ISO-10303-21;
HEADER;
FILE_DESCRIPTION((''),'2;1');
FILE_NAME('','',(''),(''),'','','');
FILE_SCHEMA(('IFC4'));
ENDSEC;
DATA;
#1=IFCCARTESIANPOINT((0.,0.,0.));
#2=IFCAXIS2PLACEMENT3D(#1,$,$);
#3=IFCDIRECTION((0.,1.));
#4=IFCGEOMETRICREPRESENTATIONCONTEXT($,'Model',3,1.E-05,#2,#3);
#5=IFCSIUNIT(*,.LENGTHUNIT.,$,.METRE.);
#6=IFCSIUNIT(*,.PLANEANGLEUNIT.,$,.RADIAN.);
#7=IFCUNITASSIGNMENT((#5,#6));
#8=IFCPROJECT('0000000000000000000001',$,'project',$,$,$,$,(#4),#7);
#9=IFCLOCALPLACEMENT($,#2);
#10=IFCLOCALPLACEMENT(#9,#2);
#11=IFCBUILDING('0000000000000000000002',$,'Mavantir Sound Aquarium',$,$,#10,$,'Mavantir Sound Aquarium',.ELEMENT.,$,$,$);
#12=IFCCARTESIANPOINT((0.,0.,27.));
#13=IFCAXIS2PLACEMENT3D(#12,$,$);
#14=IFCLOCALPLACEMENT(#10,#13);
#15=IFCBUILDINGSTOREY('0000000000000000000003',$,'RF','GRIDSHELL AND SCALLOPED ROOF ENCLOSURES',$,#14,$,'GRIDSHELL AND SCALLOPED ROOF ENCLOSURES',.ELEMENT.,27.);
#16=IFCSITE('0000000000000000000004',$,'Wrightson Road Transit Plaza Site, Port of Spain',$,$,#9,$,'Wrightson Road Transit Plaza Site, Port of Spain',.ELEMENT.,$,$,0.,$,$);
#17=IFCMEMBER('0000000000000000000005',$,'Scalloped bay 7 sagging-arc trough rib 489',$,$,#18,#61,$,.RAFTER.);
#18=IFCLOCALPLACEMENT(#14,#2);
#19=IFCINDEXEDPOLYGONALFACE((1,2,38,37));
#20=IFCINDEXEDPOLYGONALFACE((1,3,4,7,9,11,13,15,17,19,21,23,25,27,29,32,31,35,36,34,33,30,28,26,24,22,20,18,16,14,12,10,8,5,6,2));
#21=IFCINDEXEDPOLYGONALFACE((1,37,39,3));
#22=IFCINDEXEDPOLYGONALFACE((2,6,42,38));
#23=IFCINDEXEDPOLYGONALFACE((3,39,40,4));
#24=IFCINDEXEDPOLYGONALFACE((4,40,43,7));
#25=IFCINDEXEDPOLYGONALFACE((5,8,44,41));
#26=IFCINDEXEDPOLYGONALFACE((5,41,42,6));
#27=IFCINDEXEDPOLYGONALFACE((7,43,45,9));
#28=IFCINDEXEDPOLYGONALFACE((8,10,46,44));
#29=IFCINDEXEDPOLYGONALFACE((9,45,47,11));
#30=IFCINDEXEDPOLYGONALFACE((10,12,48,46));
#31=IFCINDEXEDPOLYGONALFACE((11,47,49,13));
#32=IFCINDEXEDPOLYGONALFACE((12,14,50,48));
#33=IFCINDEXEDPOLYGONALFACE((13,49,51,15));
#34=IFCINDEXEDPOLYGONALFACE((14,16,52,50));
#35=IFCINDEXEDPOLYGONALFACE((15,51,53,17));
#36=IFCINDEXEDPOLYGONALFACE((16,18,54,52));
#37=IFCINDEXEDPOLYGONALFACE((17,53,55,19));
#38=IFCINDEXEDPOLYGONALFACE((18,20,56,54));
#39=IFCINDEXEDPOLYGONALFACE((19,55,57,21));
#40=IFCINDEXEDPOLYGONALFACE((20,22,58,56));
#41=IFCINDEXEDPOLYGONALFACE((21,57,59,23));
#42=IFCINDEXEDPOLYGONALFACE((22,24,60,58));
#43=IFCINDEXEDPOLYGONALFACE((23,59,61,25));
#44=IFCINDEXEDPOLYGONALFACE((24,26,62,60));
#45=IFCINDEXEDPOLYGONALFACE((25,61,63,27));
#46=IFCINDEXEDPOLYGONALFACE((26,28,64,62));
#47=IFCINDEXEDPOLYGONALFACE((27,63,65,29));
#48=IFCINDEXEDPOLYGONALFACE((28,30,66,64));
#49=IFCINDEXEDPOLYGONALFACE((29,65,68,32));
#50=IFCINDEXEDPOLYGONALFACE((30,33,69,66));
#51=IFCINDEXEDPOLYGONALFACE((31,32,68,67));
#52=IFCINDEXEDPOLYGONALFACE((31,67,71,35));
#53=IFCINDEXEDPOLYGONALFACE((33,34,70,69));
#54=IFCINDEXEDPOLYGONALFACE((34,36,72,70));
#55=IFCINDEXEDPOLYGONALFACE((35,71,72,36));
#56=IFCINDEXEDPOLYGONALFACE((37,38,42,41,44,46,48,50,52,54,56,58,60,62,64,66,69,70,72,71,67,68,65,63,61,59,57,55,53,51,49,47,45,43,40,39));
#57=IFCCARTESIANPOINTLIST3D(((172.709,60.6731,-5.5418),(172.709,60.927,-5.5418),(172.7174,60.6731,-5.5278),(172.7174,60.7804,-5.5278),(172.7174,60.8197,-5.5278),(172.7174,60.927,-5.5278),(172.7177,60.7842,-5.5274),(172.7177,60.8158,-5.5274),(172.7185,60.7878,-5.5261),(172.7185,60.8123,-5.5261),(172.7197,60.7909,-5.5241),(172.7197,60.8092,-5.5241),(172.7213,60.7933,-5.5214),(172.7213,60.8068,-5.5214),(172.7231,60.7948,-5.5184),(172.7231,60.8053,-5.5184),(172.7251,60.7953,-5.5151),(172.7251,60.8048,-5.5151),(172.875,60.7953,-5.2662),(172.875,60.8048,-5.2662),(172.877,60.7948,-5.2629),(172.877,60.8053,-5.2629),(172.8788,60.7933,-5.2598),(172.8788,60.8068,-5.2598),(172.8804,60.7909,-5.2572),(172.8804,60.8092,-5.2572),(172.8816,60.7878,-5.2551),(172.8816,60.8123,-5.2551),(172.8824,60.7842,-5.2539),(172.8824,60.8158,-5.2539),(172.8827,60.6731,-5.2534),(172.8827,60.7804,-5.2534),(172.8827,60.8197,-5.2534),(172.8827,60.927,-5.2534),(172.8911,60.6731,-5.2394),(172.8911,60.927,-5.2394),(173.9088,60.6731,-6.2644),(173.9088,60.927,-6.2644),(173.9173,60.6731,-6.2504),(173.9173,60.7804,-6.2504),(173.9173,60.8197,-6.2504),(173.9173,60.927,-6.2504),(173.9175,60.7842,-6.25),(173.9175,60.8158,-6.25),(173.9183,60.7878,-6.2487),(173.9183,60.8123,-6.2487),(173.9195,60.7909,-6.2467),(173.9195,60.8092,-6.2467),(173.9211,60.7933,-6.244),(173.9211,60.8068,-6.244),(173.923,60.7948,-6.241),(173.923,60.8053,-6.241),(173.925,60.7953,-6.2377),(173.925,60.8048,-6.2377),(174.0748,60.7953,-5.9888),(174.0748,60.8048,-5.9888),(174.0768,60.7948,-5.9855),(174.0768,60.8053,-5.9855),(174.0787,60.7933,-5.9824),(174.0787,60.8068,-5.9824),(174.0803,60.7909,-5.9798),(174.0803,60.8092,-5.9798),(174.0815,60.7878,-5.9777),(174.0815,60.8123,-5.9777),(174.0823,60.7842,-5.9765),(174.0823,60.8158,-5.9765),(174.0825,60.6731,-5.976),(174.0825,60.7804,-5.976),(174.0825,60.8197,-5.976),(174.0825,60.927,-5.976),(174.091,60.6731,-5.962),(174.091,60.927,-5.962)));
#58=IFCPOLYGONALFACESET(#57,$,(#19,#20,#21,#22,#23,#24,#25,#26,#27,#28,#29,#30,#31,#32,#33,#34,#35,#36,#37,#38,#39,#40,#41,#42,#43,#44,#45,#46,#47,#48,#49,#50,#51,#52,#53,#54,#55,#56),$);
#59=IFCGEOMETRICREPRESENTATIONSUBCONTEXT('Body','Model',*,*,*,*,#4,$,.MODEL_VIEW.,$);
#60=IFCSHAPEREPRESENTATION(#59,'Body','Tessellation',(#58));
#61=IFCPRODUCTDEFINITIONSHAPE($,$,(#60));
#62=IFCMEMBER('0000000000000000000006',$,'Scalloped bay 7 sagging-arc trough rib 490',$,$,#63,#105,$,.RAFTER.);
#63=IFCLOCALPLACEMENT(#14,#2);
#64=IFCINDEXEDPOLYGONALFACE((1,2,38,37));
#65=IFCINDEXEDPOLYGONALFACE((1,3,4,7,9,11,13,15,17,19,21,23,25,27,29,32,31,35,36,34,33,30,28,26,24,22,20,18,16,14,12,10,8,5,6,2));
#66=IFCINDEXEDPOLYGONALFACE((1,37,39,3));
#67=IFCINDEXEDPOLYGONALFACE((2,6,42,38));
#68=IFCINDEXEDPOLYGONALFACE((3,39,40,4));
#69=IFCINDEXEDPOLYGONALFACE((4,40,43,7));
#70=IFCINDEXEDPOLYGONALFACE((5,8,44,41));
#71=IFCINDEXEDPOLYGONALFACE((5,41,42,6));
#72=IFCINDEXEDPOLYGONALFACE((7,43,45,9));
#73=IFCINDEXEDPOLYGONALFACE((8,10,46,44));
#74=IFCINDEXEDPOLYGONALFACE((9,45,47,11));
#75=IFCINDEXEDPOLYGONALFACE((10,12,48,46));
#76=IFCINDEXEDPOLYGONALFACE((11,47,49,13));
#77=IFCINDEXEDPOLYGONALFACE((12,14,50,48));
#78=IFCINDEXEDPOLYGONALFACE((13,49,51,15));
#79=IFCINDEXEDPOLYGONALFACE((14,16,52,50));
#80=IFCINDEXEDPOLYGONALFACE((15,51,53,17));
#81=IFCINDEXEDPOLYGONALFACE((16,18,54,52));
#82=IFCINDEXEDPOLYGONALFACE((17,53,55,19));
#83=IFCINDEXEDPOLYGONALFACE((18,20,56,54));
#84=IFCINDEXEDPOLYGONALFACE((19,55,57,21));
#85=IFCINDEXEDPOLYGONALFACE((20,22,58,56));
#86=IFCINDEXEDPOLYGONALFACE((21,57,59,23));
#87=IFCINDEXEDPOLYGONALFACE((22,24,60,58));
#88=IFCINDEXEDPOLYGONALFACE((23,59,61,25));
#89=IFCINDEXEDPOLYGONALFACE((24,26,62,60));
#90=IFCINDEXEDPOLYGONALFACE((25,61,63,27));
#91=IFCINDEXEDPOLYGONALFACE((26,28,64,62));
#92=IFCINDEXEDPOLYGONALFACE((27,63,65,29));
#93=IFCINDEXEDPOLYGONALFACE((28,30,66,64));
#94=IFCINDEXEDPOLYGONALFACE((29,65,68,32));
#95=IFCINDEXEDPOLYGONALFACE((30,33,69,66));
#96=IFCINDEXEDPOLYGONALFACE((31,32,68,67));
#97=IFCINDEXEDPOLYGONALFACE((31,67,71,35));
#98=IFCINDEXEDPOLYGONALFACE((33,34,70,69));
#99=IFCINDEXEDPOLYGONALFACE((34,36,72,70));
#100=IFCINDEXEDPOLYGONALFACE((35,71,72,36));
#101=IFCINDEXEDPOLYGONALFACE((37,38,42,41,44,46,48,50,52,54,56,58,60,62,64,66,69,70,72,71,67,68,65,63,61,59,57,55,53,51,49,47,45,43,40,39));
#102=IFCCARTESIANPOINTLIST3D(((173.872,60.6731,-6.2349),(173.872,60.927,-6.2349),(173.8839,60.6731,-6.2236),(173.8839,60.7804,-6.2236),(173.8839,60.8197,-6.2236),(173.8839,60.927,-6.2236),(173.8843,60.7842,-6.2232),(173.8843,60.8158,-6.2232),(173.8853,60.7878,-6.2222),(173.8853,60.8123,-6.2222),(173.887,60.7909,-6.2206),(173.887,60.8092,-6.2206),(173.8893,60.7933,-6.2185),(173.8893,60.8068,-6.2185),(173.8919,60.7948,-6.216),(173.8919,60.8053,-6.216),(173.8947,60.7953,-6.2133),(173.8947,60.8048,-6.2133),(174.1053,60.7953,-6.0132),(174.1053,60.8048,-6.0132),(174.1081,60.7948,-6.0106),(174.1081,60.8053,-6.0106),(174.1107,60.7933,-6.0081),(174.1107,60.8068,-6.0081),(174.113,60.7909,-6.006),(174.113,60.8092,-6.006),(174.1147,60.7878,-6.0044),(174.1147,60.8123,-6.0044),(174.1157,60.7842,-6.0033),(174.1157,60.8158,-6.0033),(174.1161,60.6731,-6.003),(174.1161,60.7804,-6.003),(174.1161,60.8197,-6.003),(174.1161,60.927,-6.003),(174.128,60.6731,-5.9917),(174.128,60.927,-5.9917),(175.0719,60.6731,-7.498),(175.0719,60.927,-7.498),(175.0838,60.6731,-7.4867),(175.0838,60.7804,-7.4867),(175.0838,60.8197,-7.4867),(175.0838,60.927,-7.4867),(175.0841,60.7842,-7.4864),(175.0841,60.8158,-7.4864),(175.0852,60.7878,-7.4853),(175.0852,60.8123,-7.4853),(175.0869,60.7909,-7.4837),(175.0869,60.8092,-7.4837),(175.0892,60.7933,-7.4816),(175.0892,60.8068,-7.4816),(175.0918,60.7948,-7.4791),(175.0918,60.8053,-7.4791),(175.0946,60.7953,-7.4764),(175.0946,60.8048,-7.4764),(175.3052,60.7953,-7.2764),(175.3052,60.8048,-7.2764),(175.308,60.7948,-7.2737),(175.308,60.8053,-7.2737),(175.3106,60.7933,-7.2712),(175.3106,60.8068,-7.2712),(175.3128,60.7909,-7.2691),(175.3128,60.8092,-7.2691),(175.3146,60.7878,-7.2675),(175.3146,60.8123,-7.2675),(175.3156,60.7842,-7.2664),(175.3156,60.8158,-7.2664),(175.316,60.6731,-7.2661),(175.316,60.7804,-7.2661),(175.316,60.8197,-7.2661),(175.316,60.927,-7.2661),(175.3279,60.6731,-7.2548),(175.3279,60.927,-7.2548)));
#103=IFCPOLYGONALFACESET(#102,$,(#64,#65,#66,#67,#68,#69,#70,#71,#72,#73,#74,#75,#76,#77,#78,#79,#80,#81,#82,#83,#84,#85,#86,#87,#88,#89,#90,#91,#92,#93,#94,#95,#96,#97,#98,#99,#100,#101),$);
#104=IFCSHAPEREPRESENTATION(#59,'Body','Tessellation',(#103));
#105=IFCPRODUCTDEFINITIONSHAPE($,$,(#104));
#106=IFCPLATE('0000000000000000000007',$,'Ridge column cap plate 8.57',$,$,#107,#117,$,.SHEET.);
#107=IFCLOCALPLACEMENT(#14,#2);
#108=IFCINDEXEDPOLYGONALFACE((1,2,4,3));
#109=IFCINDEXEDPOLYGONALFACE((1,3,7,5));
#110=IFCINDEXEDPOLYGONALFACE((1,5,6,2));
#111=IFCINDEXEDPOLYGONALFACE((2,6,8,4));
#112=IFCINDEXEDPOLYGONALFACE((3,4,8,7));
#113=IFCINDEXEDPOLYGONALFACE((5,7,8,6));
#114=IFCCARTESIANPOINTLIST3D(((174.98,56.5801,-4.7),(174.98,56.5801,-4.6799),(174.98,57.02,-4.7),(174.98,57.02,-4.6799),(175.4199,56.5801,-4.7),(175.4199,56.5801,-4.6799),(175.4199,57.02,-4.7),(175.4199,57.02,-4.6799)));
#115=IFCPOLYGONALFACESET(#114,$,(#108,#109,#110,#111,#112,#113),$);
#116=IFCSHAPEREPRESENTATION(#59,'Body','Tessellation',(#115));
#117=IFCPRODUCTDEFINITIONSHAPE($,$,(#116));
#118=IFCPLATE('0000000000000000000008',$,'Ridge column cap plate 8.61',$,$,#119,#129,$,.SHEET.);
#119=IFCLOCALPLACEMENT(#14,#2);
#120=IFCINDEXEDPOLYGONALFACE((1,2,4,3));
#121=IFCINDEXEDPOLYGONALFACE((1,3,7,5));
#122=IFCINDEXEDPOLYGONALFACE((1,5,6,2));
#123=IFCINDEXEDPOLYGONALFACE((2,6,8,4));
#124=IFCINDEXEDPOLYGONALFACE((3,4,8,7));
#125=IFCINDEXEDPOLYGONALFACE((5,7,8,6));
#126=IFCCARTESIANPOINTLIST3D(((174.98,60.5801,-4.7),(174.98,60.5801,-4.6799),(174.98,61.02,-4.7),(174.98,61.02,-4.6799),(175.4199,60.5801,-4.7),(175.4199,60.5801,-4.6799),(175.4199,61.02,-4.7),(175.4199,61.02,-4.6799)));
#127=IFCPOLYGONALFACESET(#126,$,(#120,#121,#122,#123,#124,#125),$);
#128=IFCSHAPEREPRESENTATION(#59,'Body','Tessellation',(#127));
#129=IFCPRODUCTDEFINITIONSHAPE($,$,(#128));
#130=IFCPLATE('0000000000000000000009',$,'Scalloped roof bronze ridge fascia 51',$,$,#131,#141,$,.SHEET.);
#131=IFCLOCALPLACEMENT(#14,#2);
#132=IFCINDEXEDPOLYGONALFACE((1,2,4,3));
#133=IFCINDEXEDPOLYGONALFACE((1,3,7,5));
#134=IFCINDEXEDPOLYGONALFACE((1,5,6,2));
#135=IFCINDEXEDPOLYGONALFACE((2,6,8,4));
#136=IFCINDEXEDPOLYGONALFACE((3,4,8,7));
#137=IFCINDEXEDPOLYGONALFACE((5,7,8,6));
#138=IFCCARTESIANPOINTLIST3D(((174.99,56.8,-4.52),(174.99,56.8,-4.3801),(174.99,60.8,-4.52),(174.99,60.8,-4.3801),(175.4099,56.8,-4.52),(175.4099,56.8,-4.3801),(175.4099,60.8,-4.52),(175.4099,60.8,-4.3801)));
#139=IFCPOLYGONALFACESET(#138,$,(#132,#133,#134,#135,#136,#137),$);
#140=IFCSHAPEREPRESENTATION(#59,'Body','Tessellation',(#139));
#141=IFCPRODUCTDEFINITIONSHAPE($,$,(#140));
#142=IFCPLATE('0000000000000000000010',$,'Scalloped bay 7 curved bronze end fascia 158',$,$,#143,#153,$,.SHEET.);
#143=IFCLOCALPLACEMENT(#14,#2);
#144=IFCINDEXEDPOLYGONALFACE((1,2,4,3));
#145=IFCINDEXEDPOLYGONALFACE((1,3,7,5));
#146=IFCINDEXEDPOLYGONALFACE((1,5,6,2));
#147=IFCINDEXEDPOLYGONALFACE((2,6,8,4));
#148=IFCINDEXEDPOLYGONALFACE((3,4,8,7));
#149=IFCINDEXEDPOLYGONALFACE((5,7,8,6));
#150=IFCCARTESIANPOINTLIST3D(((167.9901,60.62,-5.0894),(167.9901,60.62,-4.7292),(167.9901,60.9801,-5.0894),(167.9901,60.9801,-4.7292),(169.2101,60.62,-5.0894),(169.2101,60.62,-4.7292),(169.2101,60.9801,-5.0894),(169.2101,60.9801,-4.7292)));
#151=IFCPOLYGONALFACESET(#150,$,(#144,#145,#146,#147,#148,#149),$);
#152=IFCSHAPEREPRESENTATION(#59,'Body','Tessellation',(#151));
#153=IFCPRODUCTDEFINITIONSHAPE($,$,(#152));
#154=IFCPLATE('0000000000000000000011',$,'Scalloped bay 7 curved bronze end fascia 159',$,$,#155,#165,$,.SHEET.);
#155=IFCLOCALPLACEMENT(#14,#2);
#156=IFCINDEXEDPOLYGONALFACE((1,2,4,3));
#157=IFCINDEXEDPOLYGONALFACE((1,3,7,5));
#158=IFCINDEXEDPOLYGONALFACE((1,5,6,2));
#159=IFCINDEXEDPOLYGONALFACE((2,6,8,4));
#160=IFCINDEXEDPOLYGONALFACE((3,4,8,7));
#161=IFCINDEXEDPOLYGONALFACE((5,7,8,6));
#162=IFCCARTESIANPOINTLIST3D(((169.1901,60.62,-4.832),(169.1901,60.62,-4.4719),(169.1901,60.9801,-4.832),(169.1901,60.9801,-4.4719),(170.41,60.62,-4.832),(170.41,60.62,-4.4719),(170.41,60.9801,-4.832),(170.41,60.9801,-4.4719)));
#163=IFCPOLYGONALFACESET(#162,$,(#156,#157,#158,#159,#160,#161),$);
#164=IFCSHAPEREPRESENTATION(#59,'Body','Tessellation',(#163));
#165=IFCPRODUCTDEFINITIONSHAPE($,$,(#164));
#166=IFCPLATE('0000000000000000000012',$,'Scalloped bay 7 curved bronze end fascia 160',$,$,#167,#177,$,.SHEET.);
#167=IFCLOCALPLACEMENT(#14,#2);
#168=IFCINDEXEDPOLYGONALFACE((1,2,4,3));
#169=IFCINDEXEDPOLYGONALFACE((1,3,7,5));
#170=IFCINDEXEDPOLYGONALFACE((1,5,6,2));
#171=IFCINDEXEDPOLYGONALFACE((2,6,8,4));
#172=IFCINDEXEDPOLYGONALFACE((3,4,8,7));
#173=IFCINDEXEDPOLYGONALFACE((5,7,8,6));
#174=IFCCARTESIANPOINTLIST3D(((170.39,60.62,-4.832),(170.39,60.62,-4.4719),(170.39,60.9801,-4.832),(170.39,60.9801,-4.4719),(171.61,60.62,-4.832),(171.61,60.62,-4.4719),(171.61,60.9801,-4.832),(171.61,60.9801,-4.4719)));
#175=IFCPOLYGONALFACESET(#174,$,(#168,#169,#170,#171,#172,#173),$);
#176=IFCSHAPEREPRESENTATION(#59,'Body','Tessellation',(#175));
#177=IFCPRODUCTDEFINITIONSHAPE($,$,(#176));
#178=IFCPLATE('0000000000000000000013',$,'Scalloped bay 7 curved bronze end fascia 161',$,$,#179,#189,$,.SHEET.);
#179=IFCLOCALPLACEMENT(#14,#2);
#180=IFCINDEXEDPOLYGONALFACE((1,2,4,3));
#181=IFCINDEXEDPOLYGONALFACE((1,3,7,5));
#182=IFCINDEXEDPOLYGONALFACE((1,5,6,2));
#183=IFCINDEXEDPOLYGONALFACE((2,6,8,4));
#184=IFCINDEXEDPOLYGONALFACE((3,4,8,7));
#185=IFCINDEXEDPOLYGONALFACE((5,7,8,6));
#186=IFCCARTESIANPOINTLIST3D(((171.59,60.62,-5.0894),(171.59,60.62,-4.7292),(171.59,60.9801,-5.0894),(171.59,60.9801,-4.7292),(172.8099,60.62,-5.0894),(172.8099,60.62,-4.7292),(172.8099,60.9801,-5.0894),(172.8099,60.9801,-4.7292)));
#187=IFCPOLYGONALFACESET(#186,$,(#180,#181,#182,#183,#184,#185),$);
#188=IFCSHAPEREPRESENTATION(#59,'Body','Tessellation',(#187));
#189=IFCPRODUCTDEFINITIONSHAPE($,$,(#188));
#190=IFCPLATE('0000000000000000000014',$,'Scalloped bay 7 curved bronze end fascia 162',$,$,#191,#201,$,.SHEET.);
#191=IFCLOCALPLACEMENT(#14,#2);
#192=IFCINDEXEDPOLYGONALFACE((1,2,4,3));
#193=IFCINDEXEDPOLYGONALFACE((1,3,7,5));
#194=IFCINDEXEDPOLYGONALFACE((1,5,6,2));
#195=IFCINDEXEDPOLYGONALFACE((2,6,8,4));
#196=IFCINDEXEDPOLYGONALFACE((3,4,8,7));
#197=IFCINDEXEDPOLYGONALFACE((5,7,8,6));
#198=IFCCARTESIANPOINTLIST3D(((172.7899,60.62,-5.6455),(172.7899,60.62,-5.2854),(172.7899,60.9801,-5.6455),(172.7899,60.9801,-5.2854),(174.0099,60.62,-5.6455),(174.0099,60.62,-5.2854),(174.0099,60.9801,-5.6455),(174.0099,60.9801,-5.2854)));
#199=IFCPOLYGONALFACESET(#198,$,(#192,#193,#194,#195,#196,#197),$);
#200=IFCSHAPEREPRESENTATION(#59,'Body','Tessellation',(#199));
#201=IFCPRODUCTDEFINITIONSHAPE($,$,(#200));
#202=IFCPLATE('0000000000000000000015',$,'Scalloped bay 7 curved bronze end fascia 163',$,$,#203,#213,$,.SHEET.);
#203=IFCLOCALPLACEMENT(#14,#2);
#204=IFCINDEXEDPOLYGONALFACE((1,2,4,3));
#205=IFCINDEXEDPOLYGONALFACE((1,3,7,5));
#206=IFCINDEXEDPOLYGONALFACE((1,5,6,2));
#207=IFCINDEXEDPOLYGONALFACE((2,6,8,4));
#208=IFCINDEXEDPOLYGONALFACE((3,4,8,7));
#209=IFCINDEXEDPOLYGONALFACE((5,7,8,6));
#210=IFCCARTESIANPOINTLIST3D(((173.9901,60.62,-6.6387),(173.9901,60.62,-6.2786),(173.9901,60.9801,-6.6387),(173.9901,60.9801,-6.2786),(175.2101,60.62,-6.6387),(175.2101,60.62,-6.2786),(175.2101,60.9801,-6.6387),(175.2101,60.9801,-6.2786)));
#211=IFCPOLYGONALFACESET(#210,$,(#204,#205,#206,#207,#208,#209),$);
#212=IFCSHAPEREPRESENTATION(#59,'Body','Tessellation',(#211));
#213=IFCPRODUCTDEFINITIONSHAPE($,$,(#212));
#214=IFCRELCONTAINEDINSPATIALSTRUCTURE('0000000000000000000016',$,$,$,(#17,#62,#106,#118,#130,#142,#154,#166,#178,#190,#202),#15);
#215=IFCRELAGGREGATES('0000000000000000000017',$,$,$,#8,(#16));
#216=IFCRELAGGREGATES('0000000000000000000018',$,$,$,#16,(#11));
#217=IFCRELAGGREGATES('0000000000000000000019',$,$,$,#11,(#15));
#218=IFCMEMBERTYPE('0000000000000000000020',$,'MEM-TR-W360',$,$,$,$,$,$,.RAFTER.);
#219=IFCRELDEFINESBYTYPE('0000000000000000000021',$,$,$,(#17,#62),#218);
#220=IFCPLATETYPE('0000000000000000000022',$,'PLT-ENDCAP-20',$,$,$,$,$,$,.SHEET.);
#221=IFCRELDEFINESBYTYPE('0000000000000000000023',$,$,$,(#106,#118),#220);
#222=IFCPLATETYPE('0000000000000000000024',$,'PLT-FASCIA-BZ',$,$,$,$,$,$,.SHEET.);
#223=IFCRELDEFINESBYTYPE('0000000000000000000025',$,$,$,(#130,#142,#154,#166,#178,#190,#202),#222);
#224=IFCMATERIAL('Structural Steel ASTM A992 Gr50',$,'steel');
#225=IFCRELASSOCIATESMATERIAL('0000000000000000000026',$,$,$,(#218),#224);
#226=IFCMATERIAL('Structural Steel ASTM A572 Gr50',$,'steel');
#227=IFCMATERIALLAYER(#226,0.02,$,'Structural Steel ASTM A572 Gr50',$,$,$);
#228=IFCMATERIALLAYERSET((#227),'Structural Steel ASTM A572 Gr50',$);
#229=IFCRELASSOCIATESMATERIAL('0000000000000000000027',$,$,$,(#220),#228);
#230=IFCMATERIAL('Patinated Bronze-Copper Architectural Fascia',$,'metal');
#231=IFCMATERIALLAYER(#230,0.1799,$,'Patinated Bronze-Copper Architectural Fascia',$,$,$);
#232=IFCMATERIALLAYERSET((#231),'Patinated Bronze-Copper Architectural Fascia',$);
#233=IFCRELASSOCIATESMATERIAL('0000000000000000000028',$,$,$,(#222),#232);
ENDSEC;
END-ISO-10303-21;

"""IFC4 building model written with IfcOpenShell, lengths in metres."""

from ifc_helpers import new_model, si_unit, direction, frame, origin, origin_2d, place, context, subcontext, project, spatial, rectangle, i_section, extrude, material, layer, layer_set, material_profile, profile_set, type_object, element, save


model = new_model("IFC4")

# Units and contexts
model_context = context("Model", 3, precision=1e-05, world=origin(), true_north=direction((0.0, 1.0)))
body_context = subcontext(model_context, "Body", "Model", "MODEL_VIEW")
ifc_project = project(units=[si_unit("LENGTHUNIT", "METRE"), si_unit("PLANEANGLEUNIT", "RADIAN")], contexts=[model_context])

# Site, building, storey
site_placement = place(None, origin())
site = spatial("IfcSite", under=ifc_project, at=site_placement, Name="Wrightson Road Transit Plaza Site, Port of Spain", LongName="Wrightson Road Transit Plaza Site, Port of Spain", CompositionType="ELEMENT", RefElevation=0.0)
building_placement = place(site_placement, origin())
building = spatial("IfcBuilding", under=site, at=building_placement, Name="Mavantir Sound Aquarium", LongName="Mavantir Sound Aquarium", CompositionType="ELEMENT")
storey_placement = place(building_placement, frame((0.0, 0.0, 27.0)))
storey = spatial("IfcBuildingStorey", under=building, at=storey_placement, Name="RF", Description="GRIDSHELL AND SCALLOPED ROOF ENCLOSURES", LongName="GRIDSHELL AND SCALLOPED ROOF ENCLOSURES", CompositionType="ELEMENT", Elevation=27.0)

# Shared definitions
ifc_material_1 = material(Name="Structural Steel ASTM A992 Gr50", Category="steel")

# Members
ifc_material_profile_1 = material_profile(ifc_material_1, i_section(OverallWidth=0.2539, OverallDepth=0.353, WebThickness=0.0095, FlangeThickness=0.0164, FilletRadius=0.0149, at=origin_2d()), Name="W360X91")
ifc_profile_set_1 = profile_set([ifc_material_profile_1], Name="Structural Steel ASTM A992 Gr50")
member_type_1 = type_object("IfcMemberType", Name="MEM-TR-W360", PredefinedType="RAFTER", material=ifc_profile_set_1)
member_1_placement = place(storey_placement, frame((172.8, 60.8, -5.3906), z_axis=(0.856646, 0.0, -0.515905), x_axis=(0.0, 1.0, 0.0)))
element("IfcMember", 1, at=member_1_placement, inside=storey, type_object=member_type_1, Name="Scalloped bay 7 sagging-arc trough rib 489", PredefinedType="RAFTER", context=body_context, shape_type="SweptSolid", body=[
    extrude(i_section(OverallWidth=0.2539, OverallDepth=0.353, WebThickness=0.0095, FlangeThickness=0.0164, FilletRadius=0.0149, at=origin_2d()), origin(), (0.0, 0.0, 1.0), 1.4006),
])
member_2_placement = place(storey_placement, frame((174.0, 60.8, -6.1133), z_axis=(0.688727, 0.0, -0.72502), x_axis=(0.0, 1.0, 0.0)))
element("IfcMember", 2, at=member_2_placement, inside=storey, type_object=member_type_1, Name="Scalloped bay 7 sagging-arc trough rib 490", PredefinedType="RAFTER", context=body_context, shape_type="SweptSolid", body=[
    extrude(i_section(OverallWidth=0.2539, OverallDepth=0.353, WebThickness=0.0095, FlangeThickness=0.0164, FilletRadius=0.0149, at=origin_2d()), origin(), (0.0, 0.0, 1.0), 1.7422),
])

# Plates
ifc_material_2 = material(Name="Structural Steel ASTM A572 Gr50", Category="steel")
ifc_layer_1 = layer(ifc_material_2, 0.02, Name="Structural Steel ASTM A572 Gr50")
ifc_layer_set_1 = layer_set([ifc_layer_1], Name="Structural Steel ASTM A572 Gr50")
plate_type_1 = type_object("IfcPlateType", Name="PLT-ENDCAP-20", PredefinedType="SHEET", material=ifc_layer_set_1)
for number, where, z_axis, x_axis, name in (
    (3, (175.2, 56.8, -4.7), (0.0, 0.0, 1.0), (1.0, 0.0, 0.0), "Ridge column cap plate 8.57"),
    (4, (175.2, 60.8, -4.7), (0.0, 0.0, 1.0), (1.0, 0.0, 0.0), "Ridge column cap plate 8.61"),
):
    element("IfcPlate", number, at=place(storey_placement, frame(where, z_axis=z_axis, x_axis=x_axis)), inside=storey, type_object=plate_type_1, Name=name, PredefinedType="SHEET", context=body_context, shape_type="SweptSolid", body=[
        extrude(rectangle(XDim=0.4399, YDim=0.4399, at=origin_2d()), origin(), (0.0, 0.0, 1.0), 0.02),
    ])
ifc_material_3 = material(Name="Patinated Bronze-Copper Architectural Fascia", Category="metal")
ifc_layer_2 = layer(ifc_material_3, 0.1799, Name="Patinated Bronze-Copper Architectural Fascia")
ifc_layer_set_2 = layer_set([ifc_layer_2], Name="Patinated Bronze-Copper Architectural Fascia")
plate_type_2 = type_object("IfcPlateType", Name="PLT-FASCIA-BZ", PredefinedType="SHEET", material=ifc_layer_set_2)
plate_placement = place(storey_placement, frame((175.2, 58.8, -4.52), z_axis=(0.0, 0.0, 1.0), x_axis=(1.0, 0.0, 0.0)))
element("IfcPlate", 5, at=plate_placement, inside=storey, type_object=plate_type_2, Name="Scalloped roof bronze ridge fascia 51", PredefinedType="SHEET", context=body_context, shape_type="SweptSolid", body=[
    extrude(rectangle(XDim=0.4199, YDim=4.0, at=origin_2d()), origin(), (0.0, 0.0, 1.0), 0.1399),
])
for number, where, z_axis, x_axis, name in (
    (6, (168.6001, 60.8, -5.0894), (0.0, 0.0, 1.0), (1.0, 0.0, 0.0), "Scalloped bay 7 curved bronze end fascia 158"),
    (7, (169.8, 60.8, -4.832), (0.0, 0.0, 1.0), (1.0, 0.0, 0.0), "Scalloped bay 7 curved bronze end fascia 159"),
    (8, (171.0, 60.8, -4.832), (0.0, 0.0, 1.0), (1.0, 0.0, 0.0), "Scalloped bay 7 curved bronze end fascia 160"),
    (9, (172.2, 60.8, -5.0894), (0.0, 0.0, 1.0), (1.0, 0.0, 0.0), "Scalloped bay 7 curved bronze end fascia 161"),
    (10, (173.3999, 60.8, -5.6455), (0.0, 0.0, 1.0), (1.0, 0.0, 0.0), "Scalloped bay 7 curved bronze end fascia 162"),
    (11, (174.6001, 60.8, -6.6387), (0.0, 0.0, 1.0), (1.0, 0.0, 0.0), "Scalloped bay 7 curved bronze end fascia 163"),
):
    element("IfcPlate", number, at=place(storey_placement, frame(where, z_axis=z_axis, x_axis=x_axis)), inside=storey, type_object=plate_type_2, Name=name, PredefinedType="SHEET", context=body_context, shape_type="SweptSolid", body=[
        extrude(rectangle(XDim=1.22, YDim=0.3601, at=origin_2d()), origin(), (0.0, 0.0, 1.0), 0.3601),
    ])

save(model, "model.ifc")
